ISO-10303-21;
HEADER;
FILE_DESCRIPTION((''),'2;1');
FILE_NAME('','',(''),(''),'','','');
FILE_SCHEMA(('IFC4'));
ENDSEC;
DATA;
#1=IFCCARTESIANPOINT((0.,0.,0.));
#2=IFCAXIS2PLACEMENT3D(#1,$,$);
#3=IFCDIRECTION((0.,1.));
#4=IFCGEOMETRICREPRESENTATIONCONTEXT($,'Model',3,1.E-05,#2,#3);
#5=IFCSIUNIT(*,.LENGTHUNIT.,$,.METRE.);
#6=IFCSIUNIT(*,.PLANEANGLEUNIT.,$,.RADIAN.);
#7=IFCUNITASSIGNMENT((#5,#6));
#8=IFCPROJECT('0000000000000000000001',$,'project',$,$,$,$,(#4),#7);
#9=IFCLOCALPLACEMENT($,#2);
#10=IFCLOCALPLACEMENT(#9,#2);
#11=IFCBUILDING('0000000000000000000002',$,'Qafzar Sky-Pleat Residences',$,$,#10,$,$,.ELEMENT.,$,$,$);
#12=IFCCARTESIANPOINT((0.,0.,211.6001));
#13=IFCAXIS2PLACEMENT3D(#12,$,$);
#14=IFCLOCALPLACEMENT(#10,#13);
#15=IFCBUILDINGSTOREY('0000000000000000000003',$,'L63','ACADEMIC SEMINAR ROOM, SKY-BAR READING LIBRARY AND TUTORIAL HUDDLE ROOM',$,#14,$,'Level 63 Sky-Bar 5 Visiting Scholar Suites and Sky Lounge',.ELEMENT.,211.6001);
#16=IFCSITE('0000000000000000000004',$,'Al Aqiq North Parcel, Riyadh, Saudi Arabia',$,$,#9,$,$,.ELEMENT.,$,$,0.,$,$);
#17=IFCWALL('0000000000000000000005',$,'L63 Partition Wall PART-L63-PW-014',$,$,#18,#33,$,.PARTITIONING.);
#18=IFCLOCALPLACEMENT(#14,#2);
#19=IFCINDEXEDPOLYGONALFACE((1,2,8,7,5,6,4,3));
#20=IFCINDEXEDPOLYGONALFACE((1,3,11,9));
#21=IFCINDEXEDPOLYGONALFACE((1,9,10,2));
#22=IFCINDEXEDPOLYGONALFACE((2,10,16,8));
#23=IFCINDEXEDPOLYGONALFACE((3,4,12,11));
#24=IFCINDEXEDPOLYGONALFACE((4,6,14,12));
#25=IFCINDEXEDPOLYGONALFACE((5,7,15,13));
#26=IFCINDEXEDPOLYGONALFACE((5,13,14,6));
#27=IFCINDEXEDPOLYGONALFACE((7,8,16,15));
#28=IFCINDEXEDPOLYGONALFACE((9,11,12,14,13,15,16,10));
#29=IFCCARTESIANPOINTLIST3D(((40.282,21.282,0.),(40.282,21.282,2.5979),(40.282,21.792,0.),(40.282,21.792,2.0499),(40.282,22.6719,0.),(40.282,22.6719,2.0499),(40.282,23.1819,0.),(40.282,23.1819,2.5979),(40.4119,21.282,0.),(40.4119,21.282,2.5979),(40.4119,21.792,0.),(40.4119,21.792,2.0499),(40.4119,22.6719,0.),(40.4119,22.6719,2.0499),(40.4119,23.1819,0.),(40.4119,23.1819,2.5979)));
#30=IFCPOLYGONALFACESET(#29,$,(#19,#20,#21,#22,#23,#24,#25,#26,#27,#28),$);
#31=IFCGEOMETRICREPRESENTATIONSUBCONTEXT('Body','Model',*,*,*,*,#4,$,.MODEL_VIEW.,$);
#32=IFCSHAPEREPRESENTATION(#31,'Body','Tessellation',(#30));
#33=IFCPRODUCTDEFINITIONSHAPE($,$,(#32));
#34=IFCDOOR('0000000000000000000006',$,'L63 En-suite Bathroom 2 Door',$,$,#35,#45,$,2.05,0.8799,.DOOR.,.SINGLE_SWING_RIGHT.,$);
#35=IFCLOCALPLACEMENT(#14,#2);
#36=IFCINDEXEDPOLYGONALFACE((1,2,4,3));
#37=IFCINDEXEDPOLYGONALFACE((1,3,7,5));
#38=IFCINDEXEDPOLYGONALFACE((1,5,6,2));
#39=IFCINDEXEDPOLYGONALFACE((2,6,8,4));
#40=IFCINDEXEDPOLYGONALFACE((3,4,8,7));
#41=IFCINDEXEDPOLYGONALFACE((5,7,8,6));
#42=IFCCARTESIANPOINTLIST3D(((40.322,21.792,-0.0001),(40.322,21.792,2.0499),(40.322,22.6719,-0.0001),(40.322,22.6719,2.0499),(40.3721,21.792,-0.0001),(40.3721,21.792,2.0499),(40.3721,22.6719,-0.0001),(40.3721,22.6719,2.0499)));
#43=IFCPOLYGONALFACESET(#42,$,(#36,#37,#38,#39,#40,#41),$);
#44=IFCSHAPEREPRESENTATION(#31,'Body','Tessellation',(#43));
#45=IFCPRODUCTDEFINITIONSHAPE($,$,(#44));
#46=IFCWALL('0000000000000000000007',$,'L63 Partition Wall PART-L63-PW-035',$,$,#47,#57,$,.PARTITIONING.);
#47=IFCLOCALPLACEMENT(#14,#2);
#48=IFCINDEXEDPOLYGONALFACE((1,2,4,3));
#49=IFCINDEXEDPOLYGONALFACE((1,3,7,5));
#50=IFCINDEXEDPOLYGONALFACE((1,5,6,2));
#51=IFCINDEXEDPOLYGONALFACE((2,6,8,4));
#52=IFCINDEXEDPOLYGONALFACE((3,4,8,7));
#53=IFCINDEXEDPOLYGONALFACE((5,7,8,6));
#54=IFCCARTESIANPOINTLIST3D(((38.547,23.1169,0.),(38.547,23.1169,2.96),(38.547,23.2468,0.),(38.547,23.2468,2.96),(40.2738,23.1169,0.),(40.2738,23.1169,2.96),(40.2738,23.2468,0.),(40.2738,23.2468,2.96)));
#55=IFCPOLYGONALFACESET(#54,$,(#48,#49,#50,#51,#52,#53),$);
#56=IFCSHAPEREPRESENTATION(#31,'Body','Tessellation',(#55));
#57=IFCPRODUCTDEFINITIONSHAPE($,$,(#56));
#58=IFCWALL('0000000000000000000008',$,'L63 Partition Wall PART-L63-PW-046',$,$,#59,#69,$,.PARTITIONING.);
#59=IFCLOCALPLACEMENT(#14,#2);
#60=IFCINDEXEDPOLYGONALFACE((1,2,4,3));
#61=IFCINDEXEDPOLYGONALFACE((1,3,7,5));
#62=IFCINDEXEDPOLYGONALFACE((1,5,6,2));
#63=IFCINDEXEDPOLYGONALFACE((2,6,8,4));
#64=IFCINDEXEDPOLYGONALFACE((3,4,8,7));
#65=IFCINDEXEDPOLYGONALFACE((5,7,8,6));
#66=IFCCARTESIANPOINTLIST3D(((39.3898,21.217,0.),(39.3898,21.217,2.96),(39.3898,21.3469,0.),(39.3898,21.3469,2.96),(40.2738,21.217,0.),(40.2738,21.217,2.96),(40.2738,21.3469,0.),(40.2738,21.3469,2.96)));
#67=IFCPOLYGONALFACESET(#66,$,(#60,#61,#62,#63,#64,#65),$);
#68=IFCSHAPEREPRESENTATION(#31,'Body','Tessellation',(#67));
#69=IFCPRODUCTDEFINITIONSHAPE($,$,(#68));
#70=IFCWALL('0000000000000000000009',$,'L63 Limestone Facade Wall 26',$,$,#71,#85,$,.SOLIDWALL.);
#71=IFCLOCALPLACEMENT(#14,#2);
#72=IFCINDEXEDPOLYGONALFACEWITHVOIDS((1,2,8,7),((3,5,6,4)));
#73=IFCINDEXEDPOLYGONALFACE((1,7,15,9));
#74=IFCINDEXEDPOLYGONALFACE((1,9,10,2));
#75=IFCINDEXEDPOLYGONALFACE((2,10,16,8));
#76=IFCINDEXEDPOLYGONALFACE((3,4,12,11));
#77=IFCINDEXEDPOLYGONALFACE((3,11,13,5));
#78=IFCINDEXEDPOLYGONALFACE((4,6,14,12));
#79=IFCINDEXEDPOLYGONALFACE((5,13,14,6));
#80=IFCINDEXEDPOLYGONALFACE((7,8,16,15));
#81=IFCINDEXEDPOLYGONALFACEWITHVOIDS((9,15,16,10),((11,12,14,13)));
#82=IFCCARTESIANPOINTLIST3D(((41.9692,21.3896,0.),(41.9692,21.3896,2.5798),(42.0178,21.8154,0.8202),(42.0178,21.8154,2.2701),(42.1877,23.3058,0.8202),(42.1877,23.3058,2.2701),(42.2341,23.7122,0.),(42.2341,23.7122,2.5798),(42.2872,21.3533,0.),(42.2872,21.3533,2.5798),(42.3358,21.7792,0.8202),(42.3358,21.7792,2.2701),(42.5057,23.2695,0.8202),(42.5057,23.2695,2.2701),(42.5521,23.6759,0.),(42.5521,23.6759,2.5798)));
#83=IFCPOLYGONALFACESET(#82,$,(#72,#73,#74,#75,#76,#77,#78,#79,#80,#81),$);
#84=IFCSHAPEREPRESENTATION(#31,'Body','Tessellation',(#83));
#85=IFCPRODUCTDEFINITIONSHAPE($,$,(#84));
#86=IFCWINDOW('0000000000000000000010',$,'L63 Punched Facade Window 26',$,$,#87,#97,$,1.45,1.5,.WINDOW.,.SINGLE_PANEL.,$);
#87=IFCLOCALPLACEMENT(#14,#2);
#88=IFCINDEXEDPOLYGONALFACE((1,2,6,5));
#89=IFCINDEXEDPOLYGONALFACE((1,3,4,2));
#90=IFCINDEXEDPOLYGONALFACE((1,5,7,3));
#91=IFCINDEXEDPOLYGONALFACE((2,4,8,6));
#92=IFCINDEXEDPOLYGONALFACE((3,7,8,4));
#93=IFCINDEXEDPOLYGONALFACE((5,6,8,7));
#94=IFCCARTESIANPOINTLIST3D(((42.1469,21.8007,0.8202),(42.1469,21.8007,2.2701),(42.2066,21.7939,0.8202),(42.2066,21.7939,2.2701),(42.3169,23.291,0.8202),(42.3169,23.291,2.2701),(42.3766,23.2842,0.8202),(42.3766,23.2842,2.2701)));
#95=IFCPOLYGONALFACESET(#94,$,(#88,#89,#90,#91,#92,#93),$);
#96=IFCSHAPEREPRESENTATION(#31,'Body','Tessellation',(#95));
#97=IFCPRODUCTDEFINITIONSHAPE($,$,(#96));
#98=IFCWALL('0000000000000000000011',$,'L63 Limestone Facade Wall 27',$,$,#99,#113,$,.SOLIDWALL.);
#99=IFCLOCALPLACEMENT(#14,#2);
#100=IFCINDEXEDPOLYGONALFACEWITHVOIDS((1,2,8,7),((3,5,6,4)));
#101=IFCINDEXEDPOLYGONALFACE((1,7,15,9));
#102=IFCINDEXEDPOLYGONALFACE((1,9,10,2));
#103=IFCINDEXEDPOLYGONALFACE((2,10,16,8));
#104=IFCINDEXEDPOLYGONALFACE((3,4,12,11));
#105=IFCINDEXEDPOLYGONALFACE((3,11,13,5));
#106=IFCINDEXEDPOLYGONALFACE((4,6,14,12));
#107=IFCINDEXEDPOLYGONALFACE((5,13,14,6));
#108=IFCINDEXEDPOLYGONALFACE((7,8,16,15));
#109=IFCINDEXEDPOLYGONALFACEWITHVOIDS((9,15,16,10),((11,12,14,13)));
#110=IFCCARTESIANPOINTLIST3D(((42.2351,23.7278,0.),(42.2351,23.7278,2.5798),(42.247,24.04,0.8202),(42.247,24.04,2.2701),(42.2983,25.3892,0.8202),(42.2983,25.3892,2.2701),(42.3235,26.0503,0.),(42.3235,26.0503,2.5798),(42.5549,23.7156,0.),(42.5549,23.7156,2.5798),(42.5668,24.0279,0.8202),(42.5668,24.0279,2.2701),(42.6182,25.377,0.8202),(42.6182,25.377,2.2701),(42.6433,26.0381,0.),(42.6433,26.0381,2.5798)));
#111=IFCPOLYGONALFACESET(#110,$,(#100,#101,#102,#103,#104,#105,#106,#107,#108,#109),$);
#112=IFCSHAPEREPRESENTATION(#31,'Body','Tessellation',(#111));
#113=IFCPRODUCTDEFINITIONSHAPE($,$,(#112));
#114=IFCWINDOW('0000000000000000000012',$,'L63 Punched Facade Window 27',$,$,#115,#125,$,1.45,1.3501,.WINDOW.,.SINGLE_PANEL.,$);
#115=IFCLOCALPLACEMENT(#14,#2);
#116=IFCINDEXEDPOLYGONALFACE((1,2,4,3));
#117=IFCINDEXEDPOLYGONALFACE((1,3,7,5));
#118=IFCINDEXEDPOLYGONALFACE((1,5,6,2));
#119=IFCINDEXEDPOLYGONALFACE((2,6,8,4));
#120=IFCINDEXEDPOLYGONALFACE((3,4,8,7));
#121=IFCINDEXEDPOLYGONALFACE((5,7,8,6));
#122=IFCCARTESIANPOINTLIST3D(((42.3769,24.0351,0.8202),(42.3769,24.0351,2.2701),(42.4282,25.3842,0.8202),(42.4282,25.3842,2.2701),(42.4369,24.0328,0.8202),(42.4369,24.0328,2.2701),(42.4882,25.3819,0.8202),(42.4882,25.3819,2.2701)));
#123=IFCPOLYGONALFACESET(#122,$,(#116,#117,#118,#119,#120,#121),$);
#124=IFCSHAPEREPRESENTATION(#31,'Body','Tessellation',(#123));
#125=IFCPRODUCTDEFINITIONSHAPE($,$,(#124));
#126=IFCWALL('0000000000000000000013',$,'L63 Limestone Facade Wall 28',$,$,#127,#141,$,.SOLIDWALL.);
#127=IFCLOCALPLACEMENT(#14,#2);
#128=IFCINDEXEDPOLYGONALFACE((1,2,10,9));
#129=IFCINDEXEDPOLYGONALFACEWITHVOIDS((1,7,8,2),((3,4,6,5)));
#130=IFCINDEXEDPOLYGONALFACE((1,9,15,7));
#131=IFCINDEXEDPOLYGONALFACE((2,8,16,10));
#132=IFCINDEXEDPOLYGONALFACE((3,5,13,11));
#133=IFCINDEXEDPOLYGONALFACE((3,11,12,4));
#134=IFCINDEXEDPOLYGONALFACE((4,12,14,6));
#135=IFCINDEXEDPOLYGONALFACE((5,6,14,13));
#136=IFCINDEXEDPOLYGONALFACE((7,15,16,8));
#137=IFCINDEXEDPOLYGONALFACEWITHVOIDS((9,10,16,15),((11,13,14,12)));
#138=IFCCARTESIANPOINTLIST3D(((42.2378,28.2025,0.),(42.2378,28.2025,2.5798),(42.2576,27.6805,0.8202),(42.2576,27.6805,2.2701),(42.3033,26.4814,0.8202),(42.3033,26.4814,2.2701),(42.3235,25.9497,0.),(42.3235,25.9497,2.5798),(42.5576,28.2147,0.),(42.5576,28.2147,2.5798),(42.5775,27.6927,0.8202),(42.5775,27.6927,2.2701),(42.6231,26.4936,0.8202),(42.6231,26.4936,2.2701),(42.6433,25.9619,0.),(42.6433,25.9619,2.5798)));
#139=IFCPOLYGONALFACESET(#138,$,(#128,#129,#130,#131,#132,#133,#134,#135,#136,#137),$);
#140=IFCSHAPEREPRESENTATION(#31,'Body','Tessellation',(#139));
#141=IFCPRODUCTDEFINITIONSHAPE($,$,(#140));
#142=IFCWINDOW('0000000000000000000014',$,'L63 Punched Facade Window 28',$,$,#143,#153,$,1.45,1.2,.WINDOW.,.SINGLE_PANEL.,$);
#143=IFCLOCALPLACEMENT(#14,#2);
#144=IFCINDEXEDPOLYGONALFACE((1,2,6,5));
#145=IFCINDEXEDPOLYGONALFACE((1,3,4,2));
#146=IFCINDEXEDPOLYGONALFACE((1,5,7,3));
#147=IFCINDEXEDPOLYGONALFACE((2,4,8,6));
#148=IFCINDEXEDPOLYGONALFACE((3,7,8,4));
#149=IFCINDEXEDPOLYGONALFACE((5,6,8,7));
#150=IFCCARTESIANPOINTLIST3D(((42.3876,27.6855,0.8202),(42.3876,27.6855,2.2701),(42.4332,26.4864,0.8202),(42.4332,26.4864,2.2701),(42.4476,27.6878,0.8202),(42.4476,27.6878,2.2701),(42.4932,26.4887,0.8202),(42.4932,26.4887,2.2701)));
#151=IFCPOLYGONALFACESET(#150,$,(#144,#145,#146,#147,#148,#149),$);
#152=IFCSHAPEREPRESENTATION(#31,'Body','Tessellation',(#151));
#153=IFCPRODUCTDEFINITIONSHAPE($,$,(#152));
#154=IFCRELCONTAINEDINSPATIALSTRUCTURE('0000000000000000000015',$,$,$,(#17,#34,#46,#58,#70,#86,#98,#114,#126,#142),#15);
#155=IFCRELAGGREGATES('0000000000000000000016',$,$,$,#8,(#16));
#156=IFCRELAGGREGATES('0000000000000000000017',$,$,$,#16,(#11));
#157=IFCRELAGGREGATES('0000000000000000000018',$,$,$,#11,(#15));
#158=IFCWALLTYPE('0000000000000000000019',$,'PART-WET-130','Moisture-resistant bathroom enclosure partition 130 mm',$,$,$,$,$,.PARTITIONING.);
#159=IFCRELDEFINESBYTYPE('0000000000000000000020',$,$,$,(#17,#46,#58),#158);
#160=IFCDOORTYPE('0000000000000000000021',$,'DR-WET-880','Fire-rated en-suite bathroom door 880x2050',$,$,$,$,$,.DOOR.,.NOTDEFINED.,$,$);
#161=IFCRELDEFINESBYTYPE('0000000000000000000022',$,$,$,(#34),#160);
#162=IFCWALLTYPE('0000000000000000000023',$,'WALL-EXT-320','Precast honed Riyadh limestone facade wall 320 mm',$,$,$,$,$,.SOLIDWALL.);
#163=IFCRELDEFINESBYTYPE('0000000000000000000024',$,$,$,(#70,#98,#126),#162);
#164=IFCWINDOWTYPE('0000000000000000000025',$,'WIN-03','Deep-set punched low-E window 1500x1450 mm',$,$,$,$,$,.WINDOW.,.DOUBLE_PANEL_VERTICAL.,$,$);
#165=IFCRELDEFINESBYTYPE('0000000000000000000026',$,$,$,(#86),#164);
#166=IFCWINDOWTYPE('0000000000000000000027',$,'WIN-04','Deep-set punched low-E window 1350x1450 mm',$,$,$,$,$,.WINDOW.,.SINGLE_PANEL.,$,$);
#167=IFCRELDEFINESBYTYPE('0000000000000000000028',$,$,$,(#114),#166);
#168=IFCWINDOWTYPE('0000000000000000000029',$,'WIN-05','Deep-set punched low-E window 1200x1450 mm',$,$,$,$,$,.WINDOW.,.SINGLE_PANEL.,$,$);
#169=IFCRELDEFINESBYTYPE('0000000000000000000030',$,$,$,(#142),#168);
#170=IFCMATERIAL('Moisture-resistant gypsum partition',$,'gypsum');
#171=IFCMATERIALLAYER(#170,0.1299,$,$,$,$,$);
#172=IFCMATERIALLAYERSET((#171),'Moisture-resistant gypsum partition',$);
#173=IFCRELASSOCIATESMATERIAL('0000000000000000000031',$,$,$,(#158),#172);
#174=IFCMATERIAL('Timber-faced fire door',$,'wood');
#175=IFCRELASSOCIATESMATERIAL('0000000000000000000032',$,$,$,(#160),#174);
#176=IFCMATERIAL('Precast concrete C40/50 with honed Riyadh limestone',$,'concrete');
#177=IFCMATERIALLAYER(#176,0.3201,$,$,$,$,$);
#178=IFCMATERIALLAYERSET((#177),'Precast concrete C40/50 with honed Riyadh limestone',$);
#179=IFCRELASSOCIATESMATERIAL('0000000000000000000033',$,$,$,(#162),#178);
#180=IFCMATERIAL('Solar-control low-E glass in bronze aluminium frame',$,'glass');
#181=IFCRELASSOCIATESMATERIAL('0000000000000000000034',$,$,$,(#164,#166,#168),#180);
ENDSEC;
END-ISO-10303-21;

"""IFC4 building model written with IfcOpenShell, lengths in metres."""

from ifc_helpers import new_model, si_unit, direction, frame, frame_2d, origin, place, context, subcontext, project, spatial, rectangle, extrude, source, transform, mapped, material, layer, layer_set, type_object, element, fill, save


model = new_model("IFC4")

# Units and contexts
model_context = context("Model", 3, precision=1e-05, world=origin(), true_north=direction((0.0, 1.0)))
body_context = subcontext(model_context, "Body", "Model", "MODEL_VIEW")
ifc_project = project(units=[si_unit("LENGTHUNIT", "METRE"), si_unit("PLANEANGLEUNIT", "RADIAN")], contexts=[model_context])

# Site, building, storey
site_placement = place(None, origin())
site = spatial("IfcSite", under=ifc_project, at=site_placement, Name="Al Aqiq North Parcel, Riyadh, Saudi Arabia", CompositionType="ELEMENT", RefElevation=0.0)
building_placement = place(site_placement, origin())
building = spatial("IfcBuilding", under=site, at=building_placement, Name="Qafzar Sky-Pleat Residences", CompositionType="ELEMENT")
storey_placement = place(building_placement, frame((0.0, 0.0, 211.6001)))
storey = spatial("IfcBuildingStorey", under=building, at=storey_placement, Name="L63", Description="ACADEMIC SEMINAR ROOM, SKY-BAR READING LIBRARY AND TUTORIAL HUDDLE ROOM", LongName="Level 63 Sky-Bar 5 Visiting Scholar Suites and Sky Lounge", CompositionType="ELEMENT", Elevation=211.6001)

# Wall, opening, door
ifc_material_1 = material(Name="Moisture-resistant gypsum partition", Category="gypsum")
ifc_layer_1 = layer(ifc_material_1, 0.1299)
ifc_layer_set_1 = layer_set([ifc_layer_1], Name="Moisture-resistant gypsum partition")
wall_type_1 = type_object("IfcWallType", Name="PART-WET-130", Description="Moisture-resistant bathroom enclosure partition 130 mm", PredefinedType="PARTITIONING", material=ifc_layer_set_1)
wall_1_placement = place(storey_placement, frame((40.3469, 21.282, 0.0), z_axis=(0.0, 0.0, 1.0), x_axis=(0.0, 1.0, 0.0)))
wall_1 = element("IfcWall", 1, at=wall_1_placement, inside=storey, type_object=wall_type_1, Name="L63 Partition Wall PART-L63-PW-014", PredefinedType="PARTITIONING", context=body_context, shape_type="SweptSolid", body=[
    extrude(rectangle(XDim=1.8999, YDim=0.1299, at=frame_2d((0.95, 0.0))), origin(), (0.0, 0.0, 1.0), 2.5979),
])
opening_1_placement = place(wall_1_placement, frame((0.51, 0.0, 0.0)))
opening_1 = element("IfcOpeningElement", 2, at=opening_1_placement, cuts=wall_1, PredefinedType="OPENING", context=body_context, shape_type="SweptSolid", body=[
    extrude(rectangle(XDim=0.8799, YDim=2.05, at=frame_2d((0.4399, 1.0249))), frame((0.0, 0.075, 0.0), z_axis=(0.0, -1.0, 0.0), x_axis=(1.0, 0.0, 0.0)), (0.0, 0.0, 1.0), 0.1499),
])
ifc_material_2 = material(Name="Timber-faced fire door", Category="wood")
door_type = type_object("IfcDoorType", Name="DR-WET-880", Description="Fire-rated en-suite bathroom door 880x2050", OperationType="NOTDEFINED", PredefinedType="DOOR", material=ifc_material_2)
shared_shape_1 = source(origin(), body_context, "Body", "SweptSolid", [
    extrude(rectangle(XDim=0.8799, YDim=2.05, at=frame_2d((0.4399, 1.0249))), frame((0.0, 0.0249, 0.0), z_axis=(0.0, -1.0, 0.0), x_axis=(1.0, 0.0, 0.0)), (0.0, 0.0, 1.0), 0.05),
])
door_placement = place(opening_1_placement, origin())
door = element("IfcDoor", 3, at=door_placement, inside=storey, type_object=door_type, Name="L63 En-suite Bathroom 2 Door", OperationType="SINGLE_SWING_RIGHT", OverallHeight=2.05, OverallWidth=0.8799, PredefinedType="DOOR", context=body_context, shape_type="MappedRepresentation", body=[
    mapped(shared_shape_1, transform((0.0, 0.0, 0.0), x_axis=(1.0, 0.0, 0.0), y_axis=(0.0, 1.0, 0.0), z_axis=(0.0, 0.0, 1.0), scale=1.0)),
])
fill(opening_1, door)

# Walls
wall_2_placement = place(storey_placement, frame((38.5471, 23.1819, 0.0), z_axis=(0.0, 0.0, 1.0), x_axis=(1.0, 0.0, 0.0)))
element("IfcWall", 4, at=wall_2_placement, inside=storey, type_object=wall_type_1, Name="L63 Partition Wall PART-L63-PW-035", PredefinedType="PARTITIONING", context=body_context, shape_type="SweptSolid", body=[
    extrude(rectangle(XDim=1.7268, YDim=0.1299, at=frame_2d((0.8633, 0.0))), origin(), (0.0, 0.0, 1.0), 2.96),
])
wall_3_placement = place(storey_placement, frame((39.3899, 21.282, 0.0), z_axis=(0.0, 0.0, 1.0), x_axis=(1.0, 0.0, 0.0)))
element("IfcWall", 5, at=wall_3_placement, inside=storey, type_object=wall_type_1, Name="L63 Partition Wall PART-L63-PW-046", PredefinedType="PARTITIONING", context=body_context, shape_type="SweptSolid", body=[
    extrude(rectangle(XDim=0.884, YDim=0.1299, at=frame_2d((0.4419, 0.0))), origin(), (0.0, 0.0, 1.0), 2.96),
])

# Walls, openings, windows
ifc_material_3 = material(Name="Precast concrete C40/50 with honed Riyadh limestone", Category="concrete")
ifc_layer_2 = layer(ifc_material_3, 0.3201)
ifc_layer_set_2 = layer_set([ifc_layer_2], Name="Precast concrete C40/50 with honed Riyadh limestone")
wall_type_2 = type_object("IfcWallType", Name="WALL-EXT-320", Description="Precast honed Riyadh limestone facade wall 320 mm", PredefinedType="SOLIDWALL", material=ifc_layer_set_2)
wall_4_placement = place(storey_placement, frame((42.1282, 21.3713, 0.0), z_axis=(0.0, 0.0, 1.0), x_axis=(0.11332, 0.993559, 0.0)))
wall_4 = element("IfcWall", 6, at=wall_4_placement, inside=storey, type_object=wall_type_2, Name="L63 Limestone Facade Wall 26", PredefinedType="SOLIDWALL", context=body_context, shape_type="SweptSolid", body=[
    extrude(rectangle(XDim=2.3376, YDim=0.3201, at=frame_2d((1.1689, 0.0))), origin(), (0.0, 0.0, 1.0), 2.5798),
])
opening_2_placement = place(wall_4_placement, frame((0.4287, 0.0, 0.8201)))
opening_2 = element("IfcOpeningElement", 7, at=opening_2_placement, cuts=wall_4, PredefinedType="OPENING", context=body_context, shape_type="SweptSolid", body=[
    extrude(rectangle(XDim=1.5, YDim=1.45, at=frame_2d((0.75, 0.7251))), frame((0.0, 0.1699, 0.0), z_axis=(0.0, -1.0, 0.0), x_axis=(1.0, 0.0, 0.0)), (0.0, 0.0, 1.0), 0.3401),
])
ifc_material_4 = material(Name="Solar-control low-E glass in bronze aluminium frame", Category="glass")
window_type_1 = type_object("IfcWindowType", Name="WIN-03", Description="Deep-set punched low-E window 1500x1450 mm", PartitioningType="DOUBLE_PANEL_VERTICAL", PredefinedType="WINDOW", material=ifc_material_4)
shared_shape_2 = source(origin(), body_context, "Body", "SweptSolid", [
    extrude(rectangle(XDim=1.5, YDim=1.45, at=frame_2d((0.75, 0.7251))), frame((0.0, 0.03, 0.0), z_axis=(0.0, -1.0, 0.0), x_axis=(1.0, 0.0, 0.0)), (0.0, 0.0, 1.0), 0.0601),
])
window_1_placement = place(opening_2_placement, origin())
window_1 = element("IfcWindow", 8, at=window_1_placement, inside=storey, type_object=window_type_1, Name="L63 Punched Facade Window 26", OverallHeight=1.45, OverallWidth=1.5, PartitioningType="SINGLE_PANEL", PredefinedType="WINDOW", context=body_context, shape_type="MappedRepresentation", body=[
    mapped(shared_shape_2, transform((0.0, 0.0, 0.0), x_axis=(1.0, 0.0, 0.0), y_axis=(0.0, 1.0, 0.0), z_axis=(0.0, 0.0, 1.0), scale=1.0)),
])
fill(opening_2, window_1)
wall_5_placement = place(storey_placement, frame((42.395, 23.7217, 0.0), z_axis=(0.0, 0.0, 1.0), x_axis=(0.038026, 0.999277, 0.0)))
wall_5 = element("IfcWall", 9, at=wall_5_placement, inside=storey, type_object=wall_type_2, Name="L63 Limestone Facade Wall 27", PredefinedType="SOLIDWALL", context=body_context, shape_type="SweptSolid", body=[
    extrude(rectangle(XDim=2.3242, YDim=0.3201, at=frame_2d((1.1621, 0.0))), origin(), (0.0, 0.0, 1.0), 2.5798),
])
opening_3_placement = place(wall_5_placement, frame((0.3125, 0.0, 0.8201)))
opening_3 = element("IfcOpeningElement", 10, at=opening_3_placement, cuts=wall_5, PredefinedType="OPENING", context=body_context, shape_type="SweptSolid", body=[
    extrude(rectangle(XDim=1.3501, YDim=1.45, at=frame_2d((0.675, 0.7251))), frame((0.0, 0.1699, 0.0), z_axis=(0.0, -1.0, 0.0), x_axis=(1.0, 0.0, 0.0)), (0.0, 0.0, 1.0), 0.3401),
])
window_type_2 = type_object("IfcWindowType", Name="WIN-04", Description="Deep-set punched low-E window 1350x1450 mm", PartitioningType="SINGLE_PANEL", PredefinedType="WINDOW", material=ifc_material_4)
shared_shape_3 = source(origin(), body_context, "Body", "SweptSolid", [
    extrude(rectangle(XDim=1.3501, YDim=1.45, at=frame_2d((0.675, 0.7251))), frame((0.0, 0.03, 0.0), z_axis=(0.0, -1.0, 0.0), x_axis=(1.0, 0.0, 0.0)), (0.0, 0.0, 1.0), 0.0601),
])
window_2_placement = place(opening_3_placement, origin())
window_2 = element("IfcWindow", 11, at=window_2_placement, inside=storey, type_object=window_type_2, Name="L63 Punched Facade Window 27", OverallHeight=1.45, OverallWidth=1.3501, PartitioningType="SINGLE_PANEL", PredefinedType="WINDOW", context=body_context, shape_type="MappedRepresentation", body=[
    mapped(shared_shape_3, transform((0.0, 0.0, 0.0), x_axis=(1.0, 0.0, 0.0), y_axis=(0.0, 1.0, 0.0), z_axis=(0.0, 0.0, 1.0), scale=1.0)),
])
fill(opening_3, window_2)
wall_6_placement = place(storey_placement, frame((42.4834, 25.9558, 0.0), z_axis=(0.0, 0.0, 1.0), x_axis=(-0.038013, 0.999277, 0.0)))
wall_6 = element("IfcWall", 12, at=wall_6_placement, inside=storey, type_object=wall_type_2, Name="L63 Limestone Facade Wall 28", PredefinedType="SOLIDWALL", context=body_context, shape_type="SweptSolid", body=[
    extrude(rectangle(XDim=2.2544, YDim=0.3201, at=frame_2d((1.1272, 0.0))), origin(), (0.0, 0.0, 1.0), 2.5798),
])
opening_4_placement = place(wall_6_placement, frame((0.532, 0.0, 0.8201)))
opening_4 = element("IfcOpeningElement", 13, at=opening_4_placement, cuts=wall_6, PredefinedType="OPENING", context=body_context, shape_type="SweptSolid", body=[
    extrude(rectangle(XDim=1.2, YDim=1.45, at=frame_2d((0.6001, 0.7251))), frame((0.0, 0.1699, 0.0), z_axis=(0.0, -1.0, 0.0), x_axis=(1.0, 0.0, 0.0)), (0.0, 0.0, 1.0), 0.3401),
])
window_type_3 = type_object("IfcWindowType", Name="WIN-05", Description="Deep-set punched low-E window 1200x1450 mm", PartitioningType="SINGLE_PANEL", PredefinedType="WINDOW", material=ifc_material_4)
shared_shape_4 = source(origin(), body_context, "Body", "SweptSolid", [
    extrude(rectangle(XDim=1.2, YDim=1.45, at=frame_2d((0.6001, 0.7251))), frame((0.0, 0.03, 0.0), z_axis=(0.0, -1.0, 0.0), x_axis=(1.0, 0.0, 0.0)), (0.0, 0.0, 1.0), 0.0601),
])
window_3_placement = place(opening_4_placement, origin())
window_3 = element("IfcWindow", 14, at=window_3_placement, inside=storey, type_object=window_type_3, Name="L63 Punched Facade Window 28", OverallHeight=1.45, OverallWidth=1.2, PartitioningType="SINGLE_PANEL", PredefinedType="WINDOW", context=body_context, shape_type="MappedRepresentation", body=[
    mapped(shared_shape_4, transform((0.0, 0.0, 0.0), x_axis=(1.0, 0.0, 0.0), y_axis=(0.0, 1.0, 0.0), z_axis=(0.0, 0.0, 1.0), scale=1.0)),
])
fill(opening_4, window_3)

save(model, "model.ifc")
